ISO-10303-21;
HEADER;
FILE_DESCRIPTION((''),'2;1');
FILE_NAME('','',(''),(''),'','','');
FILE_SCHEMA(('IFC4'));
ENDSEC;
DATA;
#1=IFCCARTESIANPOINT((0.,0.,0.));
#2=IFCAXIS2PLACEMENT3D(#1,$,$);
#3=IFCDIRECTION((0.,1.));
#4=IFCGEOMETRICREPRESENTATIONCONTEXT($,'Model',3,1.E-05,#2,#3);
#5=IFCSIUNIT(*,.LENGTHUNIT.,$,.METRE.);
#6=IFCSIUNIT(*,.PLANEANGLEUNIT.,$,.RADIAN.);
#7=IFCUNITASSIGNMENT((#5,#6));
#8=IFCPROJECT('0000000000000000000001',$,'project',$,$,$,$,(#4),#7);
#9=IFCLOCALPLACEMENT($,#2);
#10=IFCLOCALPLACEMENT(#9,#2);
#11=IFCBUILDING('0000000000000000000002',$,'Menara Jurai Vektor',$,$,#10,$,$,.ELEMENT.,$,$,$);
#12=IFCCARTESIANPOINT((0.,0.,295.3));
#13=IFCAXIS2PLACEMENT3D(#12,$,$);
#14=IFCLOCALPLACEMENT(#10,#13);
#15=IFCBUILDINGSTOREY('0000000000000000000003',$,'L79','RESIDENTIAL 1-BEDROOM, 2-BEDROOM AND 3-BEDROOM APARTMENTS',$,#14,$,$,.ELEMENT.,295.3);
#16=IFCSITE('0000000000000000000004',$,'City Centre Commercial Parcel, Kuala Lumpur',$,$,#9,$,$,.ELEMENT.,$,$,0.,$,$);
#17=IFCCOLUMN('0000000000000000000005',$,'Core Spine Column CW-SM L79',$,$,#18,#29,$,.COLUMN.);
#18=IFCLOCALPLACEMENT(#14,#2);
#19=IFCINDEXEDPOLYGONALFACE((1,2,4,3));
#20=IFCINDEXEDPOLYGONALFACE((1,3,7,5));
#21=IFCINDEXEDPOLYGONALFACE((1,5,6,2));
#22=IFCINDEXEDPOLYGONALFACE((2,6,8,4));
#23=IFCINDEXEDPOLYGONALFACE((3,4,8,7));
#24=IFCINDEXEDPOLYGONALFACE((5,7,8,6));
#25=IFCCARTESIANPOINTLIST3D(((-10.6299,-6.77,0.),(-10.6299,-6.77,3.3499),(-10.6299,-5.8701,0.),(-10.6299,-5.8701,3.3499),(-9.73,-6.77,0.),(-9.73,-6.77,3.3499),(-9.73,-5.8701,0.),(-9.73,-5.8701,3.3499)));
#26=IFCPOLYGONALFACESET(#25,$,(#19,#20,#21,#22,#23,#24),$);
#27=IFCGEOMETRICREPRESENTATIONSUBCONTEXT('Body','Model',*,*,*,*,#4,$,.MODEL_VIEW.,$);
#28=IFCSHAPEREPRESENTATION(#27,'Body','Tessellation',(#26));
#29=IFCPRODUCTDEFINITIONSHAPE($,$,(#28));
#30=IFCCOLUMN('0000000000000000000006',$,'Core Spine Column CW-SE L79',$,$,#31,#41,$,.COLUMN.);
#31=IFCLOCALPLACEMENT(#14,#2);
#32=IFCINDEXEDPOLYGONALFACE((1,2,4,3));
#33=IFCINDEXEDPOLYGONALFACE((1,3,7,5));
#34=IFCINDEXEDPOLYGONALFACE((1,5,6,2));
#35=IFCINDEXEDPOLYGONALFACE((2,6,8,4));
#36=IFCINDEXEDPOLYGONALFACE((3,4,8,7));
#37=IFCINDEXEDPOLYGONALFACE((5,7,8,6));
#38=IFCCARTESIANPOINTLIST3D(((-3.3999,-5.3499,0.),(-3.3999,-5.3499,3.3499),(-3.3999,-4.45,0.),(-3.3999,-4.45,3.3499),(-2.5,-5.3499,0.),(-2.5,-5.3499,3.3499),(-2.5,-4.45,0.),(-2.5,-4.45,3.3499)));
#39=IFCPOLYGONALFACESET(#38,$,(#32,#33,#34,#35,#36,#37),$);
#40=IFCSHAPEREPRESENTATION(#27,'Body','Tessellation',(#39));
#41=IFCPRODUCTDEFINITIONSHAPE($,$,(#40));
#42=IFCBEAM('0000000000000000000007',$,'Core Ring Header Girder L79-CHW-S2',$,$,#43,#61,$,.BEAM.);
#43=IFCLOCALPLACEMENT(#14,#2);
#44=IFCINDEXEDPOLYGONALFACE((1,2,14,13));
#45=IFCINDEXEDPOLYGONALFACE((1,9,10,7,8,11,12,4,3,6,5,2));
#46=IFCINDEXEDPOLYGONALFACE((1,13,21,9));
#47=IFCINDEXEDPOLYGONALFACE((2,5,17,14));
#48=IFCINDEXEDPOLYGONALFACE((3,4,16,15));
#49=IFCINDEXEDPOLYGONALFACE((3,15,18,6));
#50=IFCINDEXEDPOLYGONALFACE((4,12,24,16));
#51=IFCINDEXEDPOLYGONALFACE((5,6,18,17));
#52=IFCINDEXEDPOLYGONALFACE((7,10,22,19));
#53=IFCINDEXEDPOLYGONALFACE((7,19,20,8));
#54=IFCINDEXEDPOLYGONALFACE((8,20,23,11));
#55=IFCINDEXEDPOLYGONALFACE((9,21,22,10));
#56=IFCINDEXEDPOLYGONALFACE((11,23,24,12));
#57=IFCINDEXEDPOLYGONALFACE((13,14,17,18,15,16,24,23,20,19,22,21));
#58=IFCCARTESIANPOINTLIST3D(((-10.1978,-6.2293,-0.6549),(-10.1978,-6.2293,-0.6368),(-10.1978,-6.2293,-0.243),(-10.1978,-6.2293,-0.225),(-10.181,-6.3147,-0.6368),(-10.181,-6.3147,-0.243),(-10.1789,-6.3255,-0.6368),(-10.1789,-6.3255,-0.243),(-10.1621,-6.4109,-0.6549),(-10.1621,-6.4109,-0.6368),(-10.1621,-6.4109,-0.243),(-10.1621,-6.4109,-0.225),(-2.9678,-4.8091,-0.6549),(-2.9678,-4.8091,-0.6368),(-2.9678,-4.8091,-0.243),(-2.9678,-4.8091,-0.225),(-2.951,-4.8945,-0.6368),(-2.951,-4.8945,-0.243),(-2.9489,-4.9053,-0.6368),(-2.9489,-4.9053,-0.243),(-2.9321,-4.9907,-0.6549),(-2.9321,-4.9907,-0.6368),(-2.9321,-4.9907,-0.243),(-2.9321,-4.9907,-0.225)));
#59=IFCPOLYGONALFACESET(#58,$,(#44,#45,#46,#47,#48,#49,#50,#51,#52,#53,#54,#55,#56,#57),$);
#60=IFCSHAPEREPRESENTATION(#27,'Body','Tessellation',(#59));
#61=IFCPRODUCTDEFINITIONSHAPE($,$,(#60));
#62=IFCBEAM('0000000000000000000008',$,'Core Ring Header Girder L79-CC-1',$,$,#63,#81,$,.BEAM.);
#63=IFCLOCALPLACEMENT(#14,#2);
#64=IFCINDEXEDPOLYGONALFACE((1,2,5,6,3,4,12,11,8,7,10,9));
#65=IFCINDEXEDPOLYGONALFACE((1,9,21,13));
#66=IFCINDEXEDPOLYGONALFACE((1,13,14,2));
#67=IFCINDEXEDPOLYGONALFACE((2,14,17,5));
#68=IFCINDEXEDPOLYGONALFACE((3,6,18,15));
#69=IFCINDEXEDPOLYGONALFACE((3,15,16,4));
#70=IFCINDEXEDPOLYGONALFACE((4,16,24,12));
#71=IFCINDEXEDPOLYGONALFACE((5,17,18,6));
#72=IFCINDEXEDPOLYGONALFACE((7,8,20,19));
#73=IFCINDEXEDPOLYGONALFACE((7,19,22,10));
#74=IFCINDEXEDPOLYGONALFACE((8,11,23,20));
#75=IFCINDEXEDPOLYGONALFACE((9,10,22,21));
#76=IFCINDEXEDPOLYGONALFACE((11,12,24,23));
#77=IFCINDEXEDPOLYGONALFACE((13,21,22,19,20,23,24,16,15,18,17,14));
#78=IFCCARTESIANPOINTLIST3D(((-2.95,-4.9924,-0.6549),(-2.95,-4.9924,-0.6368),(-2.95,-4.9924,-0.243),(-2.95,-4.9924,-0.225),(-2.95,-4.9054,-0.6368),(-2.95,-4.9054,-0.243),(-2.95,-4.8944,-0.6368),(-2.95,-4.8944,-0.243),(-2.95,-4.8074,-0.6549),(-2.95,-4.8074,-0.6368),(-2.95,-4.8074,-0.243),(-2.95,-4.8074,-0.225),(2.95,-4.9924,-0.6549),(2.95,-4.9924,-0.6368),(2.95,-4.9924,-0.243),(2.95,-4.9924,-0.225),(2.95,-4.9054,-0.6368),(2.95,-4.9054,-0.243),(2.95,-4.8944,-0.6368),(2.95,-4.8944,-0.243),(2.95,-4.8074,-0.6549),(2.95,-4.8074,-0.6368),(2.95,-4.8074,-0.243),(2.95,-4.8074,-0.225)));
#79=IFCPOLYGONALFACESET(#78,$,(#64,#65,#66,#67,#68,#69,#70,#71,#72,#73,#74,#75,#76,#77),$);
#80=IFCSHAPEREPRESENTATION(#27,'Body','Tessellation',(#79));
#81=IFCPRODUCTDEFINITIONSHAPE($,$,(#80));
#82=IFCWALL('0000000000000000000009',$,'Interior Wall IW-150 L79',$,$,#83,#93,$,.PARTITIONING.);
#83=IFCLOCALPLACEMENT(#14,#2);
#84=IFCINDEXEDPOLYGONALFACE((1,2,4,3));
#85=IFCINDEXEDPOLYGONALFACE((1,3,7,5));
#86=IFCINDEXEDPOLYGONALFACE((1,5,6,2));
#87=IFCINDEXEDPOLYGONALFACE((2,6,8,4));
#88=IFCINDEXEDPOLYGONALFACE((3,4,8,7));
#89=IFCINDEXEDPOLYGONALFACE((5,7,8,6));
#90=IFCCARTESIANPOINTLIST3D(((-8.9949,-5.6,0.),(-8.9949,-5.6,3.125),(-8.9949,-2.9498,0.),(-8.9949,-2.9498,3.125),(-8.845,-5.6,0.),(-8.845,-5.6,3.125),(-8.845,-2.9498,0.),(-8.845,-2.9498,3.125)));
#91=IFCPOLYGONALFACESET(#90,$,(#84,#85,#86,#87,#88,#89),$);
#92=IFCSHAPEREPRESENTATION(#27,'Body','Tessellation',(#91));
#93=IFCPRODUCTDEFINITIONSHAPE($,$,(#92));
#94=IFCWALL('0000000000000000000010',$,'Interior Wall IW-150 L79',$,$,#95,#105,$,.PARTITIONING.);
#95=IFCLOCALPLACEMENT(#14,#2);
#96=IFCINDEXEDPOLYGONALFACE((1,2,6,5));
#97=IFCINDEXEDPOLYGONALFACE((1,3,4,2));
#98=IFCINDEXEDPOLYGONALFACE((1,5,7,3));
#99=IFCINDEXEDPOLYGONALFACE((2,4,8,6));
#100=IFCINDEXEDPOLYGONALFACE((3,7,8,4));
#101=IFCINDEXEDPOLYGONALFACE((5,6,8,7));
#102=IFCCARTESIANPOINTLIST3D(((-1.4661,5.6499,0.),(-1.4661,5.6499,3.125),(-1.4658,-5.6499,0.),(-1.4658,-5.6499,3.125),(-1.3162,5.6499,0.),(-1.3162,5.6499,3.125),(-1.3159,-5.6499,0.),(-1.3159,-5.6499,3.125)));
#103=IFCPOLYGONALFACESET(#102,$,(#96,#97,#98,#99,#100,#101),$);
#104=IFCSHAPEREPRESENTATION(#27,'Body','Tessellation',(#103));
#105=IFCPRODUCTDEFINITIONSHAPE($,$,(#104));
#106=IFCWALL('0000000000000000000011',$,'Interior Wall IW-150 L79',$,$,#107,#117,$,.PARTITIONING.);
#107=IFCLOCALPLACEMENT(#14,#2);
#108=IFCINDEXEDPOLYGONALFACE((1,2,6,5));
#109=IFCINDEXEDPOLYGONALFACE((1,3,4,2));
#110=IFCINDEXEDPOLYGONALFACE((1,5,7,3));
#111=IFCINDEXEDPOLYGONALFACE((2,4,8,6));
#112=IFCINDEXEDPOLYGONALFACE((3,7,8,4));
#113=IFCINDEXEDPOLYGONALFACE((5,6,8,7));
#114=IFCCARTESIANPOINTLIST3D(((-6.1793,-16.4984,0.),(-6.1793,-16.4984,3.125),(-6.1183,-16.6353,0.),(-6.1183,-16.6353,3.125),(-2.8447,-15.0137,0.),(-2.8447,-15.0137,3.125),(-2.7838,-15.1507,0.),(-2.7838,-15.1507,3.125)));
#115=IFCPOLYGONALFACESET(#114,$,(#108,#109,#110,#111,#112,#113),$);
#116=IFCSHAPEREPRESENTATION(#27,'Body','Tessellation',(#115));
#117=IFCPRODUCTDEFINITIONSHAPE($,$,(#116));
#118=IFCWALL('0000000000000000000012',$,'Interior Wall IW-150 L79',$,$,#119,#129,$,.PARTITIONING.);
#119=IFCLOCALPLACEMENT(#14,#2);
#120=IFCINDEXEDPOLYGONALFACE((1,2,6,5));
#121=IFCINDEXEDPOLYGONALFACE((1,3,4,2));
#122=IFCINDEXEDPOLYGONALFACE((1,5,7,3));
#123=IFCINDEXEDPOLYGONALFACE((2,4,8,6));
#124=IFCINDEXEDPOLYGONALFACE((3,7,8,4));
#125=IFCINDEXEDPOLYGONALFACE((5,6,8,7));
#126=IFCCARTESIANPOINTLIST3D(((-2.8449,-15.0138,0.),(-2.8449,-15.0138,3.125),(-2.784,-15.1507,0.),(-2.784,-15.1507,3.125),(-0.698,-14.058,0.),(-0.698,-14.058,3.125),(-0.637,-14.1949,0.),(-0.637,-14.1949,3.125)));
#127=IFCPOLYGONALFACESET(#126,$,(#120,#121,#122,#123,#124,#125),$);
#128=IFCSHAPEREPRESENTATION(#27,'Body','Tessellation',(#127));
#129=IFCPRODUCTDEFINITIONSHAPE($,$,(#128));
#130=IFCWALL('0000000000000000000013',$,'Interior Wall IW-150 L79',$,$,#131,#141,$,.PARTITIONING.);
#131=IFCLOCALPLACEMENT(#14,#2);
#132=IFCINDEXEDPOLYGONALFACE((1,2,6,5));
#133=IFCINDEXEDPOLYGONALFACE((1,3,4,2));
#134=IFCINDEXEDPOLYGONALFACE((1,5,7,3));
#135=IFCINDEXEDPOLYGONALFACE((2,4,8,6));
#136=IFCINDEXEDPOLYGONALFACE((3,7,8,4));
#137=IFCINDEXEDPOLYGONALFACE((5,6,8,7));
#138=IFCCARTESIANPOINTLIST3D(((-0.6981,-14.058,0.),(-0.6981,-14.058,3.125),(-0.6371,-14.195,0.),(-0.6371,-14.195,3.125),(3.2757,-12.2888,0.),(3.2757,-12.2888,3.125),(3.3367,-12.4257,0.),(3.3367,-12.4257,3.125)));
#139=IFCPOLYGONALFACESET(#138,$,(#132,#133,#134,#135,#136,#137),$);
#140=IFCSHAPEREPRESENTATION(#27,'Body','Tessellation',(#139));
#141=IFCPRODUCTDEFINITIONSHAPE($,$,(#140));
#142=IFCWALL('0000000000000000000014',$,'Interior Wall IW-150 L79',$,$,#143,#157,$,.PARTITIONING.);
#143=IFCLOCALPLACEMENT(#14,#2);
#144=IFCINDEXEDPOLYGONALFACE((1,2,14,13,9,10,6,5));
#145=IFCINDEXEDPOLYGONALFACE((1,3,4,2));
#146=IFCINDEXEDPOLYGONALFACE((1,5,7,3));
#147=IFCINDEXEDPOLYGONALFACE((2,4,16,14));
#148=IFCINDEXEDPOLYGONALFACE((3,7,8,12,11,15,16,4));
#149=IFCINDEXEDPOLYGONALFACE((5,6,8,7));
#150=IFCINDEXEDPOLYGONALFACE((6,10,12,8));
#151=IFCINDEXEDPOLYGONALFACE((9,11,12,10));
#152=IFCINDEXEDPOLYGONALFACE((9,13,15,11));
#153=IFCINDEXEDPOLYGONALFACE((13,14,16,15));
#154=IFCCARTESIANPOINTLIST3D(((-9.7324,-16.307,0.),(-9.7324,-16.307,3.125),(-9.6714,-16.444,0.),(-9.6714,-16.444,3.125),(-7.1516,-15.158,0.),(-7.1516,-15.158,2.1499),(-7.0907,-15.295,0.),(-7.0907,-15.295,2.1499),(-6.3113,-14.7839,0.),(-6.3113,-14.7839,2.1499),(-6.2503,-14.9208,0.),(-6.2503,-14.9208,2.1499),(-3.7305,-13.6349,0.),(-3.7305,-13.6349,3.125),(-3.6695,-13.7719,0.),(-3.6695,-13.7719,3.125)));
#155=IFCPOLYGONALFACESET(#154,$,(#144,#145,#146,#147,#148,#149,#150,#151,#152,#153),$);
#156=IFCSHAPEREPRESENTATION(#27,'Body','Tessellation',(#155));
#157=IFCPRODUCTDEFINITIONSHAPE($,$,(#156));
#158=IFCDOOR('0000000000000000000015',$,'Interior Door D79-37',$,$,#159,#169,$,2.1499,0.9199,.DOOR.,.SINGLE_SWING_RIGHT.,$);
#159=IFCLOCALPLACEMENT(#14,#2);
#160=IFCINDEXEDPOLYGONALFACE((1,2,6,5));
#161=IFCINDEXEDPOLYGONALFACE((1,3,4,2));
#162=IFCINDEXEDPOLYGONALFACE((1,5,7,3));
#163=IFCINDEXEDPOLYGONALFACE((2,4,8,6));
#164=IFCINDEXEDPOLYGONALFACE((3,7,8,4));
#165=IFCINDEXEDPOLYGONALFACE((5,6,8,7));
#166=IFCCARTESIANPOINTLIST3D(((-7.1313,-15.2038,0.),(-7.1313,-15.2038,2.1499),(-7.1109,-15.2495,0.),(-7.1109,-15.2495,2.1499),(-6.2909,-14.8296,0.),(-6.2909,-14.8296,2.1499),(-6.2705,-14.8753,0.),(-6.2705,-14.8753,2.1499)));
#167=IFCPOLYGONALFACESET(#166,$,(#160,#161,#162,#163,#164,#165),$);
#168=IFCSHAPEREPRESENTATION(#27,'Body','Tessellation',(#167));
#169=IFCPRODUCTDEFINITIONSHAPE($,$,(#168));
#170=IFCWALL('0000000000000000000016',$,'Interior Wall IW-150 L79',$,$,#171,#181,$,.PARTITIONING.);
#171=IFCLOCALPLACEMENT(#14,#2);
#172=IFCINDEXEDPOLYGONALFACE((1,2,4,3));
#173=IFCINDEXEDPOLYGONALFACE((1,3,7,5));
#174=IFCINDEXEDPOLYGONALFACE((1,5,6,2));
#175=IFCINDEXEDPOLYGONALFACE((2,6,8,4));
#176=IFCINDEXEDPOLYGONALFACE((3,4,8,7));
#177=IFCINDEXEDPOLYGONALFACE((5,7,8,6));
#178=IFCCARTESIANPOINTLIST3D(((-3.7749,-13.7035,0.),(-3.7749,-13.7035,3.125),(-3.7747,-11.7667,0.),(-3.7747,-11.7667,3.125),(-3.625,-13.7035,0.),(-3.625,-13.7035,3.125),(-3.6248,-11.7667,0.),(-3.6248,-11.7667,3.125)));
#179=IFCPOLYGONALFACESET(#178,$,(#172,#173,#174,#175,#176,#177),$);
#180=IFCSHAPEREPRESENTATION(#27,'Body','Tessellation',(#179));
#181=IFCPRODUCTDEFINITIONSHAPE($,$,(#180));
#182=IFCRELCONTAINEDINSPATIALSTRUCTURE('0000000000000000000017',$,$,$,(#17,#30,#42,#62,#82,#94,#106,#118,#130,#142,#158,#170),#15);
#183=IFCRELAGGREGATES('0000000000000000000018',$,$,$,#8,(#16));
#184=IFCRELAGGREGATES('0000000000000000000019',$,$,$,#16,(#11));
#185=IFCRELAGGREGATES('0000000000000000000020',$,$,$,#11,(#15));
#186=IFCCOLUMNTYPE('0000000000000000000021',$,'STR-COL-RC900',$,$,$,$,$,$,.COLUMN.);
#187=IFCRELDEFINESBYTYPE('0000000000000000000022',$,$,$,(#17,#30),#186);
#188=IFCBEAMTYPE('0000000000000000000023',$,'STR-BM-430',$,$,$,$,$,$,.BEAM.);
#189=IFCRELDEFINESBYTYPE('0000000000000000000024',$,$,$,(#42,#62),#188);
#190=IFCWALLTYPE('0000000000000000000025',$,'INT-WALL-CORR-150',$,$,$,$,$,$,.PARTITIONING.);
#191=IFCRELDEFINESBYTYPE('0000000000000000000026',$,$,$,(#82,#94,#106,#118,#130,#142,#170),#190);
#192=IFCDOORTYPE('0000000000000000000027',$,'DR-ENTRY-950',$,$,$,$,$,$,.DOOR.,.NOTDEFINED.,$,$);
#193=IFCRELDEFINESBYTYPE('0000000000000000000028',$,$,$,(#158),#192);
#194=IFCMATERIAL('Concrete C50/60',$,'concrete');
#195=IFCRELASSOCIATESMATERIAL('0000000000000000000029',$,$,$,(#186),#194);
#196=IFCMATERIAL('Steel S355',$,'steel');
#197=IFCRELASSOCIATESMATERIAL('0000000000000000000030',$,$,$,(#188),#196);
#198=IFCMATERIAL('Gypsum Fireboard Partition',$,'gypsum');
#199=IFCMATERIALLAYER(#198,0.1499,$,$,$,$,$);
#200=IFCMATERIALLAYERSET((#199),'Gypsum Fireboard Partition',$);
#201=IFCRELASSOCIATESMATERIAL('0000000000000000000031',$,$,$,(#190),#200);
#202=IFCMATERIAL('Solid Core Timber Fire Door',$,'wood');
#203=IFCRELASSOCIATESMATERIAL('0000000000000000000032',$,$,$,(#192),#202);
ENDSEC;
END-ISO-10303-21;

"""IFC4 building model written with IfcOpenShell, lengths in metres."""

from ifc_helpers import new_model, si_unit, direction, frame, frame_2d, origin, origin_2d, place, context, subcontext, project, spatial, rectangle, i_section, extrude, material, layer, layer_set, material_profile, profile_set, type_object, element, fill, save


model = new_model("IFC4")

# Units and contexts
model_context = context("Model", 3, precision=1e-05, world=origin(), true_north=direction((0.0, 1.0)))
body_context = subcontext(model_context, "Body", "Model", "MODEL_VIEW")
ifc_project = project(units=[si_unit("LENGTHUNIT", "METRE"), si_unit("PLANEANGLEUNIT", "RADIAN")], contexts=[model_context])

# Site, building, storey
site_placement = place(None, origin())
site = spatial("IfcSite", under=ifc_project, at=site_placement, Name="City Centre Commercial Parcel, Kuala Lumpur", CompositionType="ELEMENT", RefElevation=0.0)
building_placement = place(site_placement, origin())
building = spatial("IfcBuilding", under=site, at=building_placement, Name="Menara Jurai Vektor", CompositionType="ELEMENT")
storey_placement = place(building_placement, frame((0.0, 0.0, 295.3)))
storey = spatial("IfcBuildingStorey", under=building, at=storey_placement, Name="L79", Description="RESIDENTIAL 1-BEDROOM, 2-BEDROOM AND 3-BEDROOM APARTMENTS", CompositionType="ELEMENT", Elevation=295.3)

# Columns
ifc_material_1 = material(Name="Concrete C50/60", Category="concrete")
ifc_material_profile_1 = material_profile(ifc_material_1, rectangle(XDim=0.8999, YDim=0.8999, at=origin_2d()), Name="RC 900x900")
ifc_profile_set_1 = profile_set([ifc_material_profile_1], Name="Concrete C50/60")
column_type = type_object("IfcColumnType", Name="STR-COL-RC900", PredefinedType="COLUMN", material=ifc_profile_set_1)
for number, where, z_axis, x_axis, name in (
    (1, (-10.1799, -6.3201, 0.0), (0.0, 0.0, 1.0), (1.0, 0.0, 0.0), "Core Spine Column CW-SM L79"),
    (2, (-2.95, -4.8999, 0.0), (0.0, 0.0, 1.0), (1.0, 0.0, 0.0), "Core Spine Column CW-SE L79"),
):
    element("IfcColumn", number, at=place(storey_placement, frame(where, z_axis=z_axis, x_axis=x_axis)), inside=storey, type_object=column_type, Name=name, PredefinedType="COLUMN", context=body_context, shape_type="SweptSolid", body=[
        extrude(rectangle(XDim=0.8999, YDim=0.8999, at=origin_2d()), origin(), (0.0, 0.0, 1.0), 3.3499),
    ])

# Beams
ifc_material_2 = material(Name="Steel S355", Category="steel")
ifc_material_profile_2 = material_profile(ifc_material_2, i_section(OverallWidth=0.1851, OverallDepth=0.4299, WebThickness=0.011, FlangeThickness=0.0181, at=origin_2d()), Name="PG 430x185x76")
ifc_profile_set_2 = profile_set([ifc_material_profile_2], Name="Steel S355")
beam_type = type_object("IfcBeamType", Name="STR-BM-430", PredefinedType="BEAM", material=ifc_profile_set_2)
beam_1_placement = place(storey_placement, frame((-10.1799, -6.3201, -0.4399), z_axis=(0.981249, 0.192744, 0.0), x_axis=(-0.192744, 0.981249, 0.0)))
element("IfcBeam", 3, at=beam_1_placement, inside=storey, type_object=beam_type, Name="Core Ring Header Girder L79-CHW-S2", PredefinedType="BEAM", context=body_context, shape_type="SweptSolid", body=[
    extrude(i_section(OverallWidth=0.1851, OverallDepth=0.4299, WebThickness=0.011, FlangeThickness=0.0181, at=origin_2d()), origin(), (0.0, 0.0, 1.0), 7.3682),
])
beam_2_placement = place(storey_placement, frame((-2.95, -4.8999, -0.4399), z_axis=(1.0, 0.0, 0.0), x_axis=(0.0, 1.0, 0.0)))
element("IfcBeam", 4, at=beam_2_placement, inside=storey, type_object=beam_type, Name="Core Ring Header Girder L79-CC-1", PredefinedType="BEAM", context=body_context, shape_type="SweptSolid", body=[
    extrude(i_section(OverallWidth=0.1851, OverallDepth=0.4299, WebThickness=0.011, FlangeThickness=0.0181, at=origin_2d()), origin(), (0.0, 0.0, 1.0), 5.8999),
])

# Walls
ifc_material_3 = material(Name="Gypsum Fireboard Partition", Category="gypsum")
ifc_layer_1 = layer(ifc_material_3, 0.1499)
ifc_layer_set_1 = layer_set([ifc_layer_1], Name="Gypsum Fireboard Partition")
wall_type_1 = type_object("IfcWallType", Name="INT-WALL-CORR-150", PredefinedType="PARTITIONING", material=ifc_layer_set_1)
wall_1_placement = place(storey_placement, frame((-8.9199, -5.6001, 0.0), z_axis=(0.0, 0.0, 1.0), x_axis=(0.0, 1.0, 0.0)))
element("IfcWall", 5, at=wall_1_placement, inside=storey, type_object=wall_type_1, Name="Interior Wall IW-150 L79", PredefinedType="PARTITIONING", context=body_context, shape_type="SweptSolid", body=[
    extrude(rectangle(XDim=2.6501, YDim=0.1499, at=frame_2d((1.3252, 0.0))), origin(), (0.0, 0.0, 1.0), 3.125),
])
wall_2_placement = place(storey_placement, frame((-1.3909, -5.6499, 0.0), z_axis=(0.0, 0.0, 1.0), x_axis=(-0.000022, 1.0, 0.0)))
element("IfcWall", 6, at=wall_2_placement, inside=storey, type_object=wall_type_1, Name="Interior Wall IW-150 L79", PredefinedType="PARTITIONING", context=body_context, shape_type="SweptSolid", body=[
    extrude(rectangle(XDim=11.2998, YDim=0.1499, at=frame_2d((5.6499, 0.0))), origin(), (0.0, 0.0, 1.0), 3.125),
])

# Shared definitions
ifc_material_4 = material(Name="Solid Core Timber Fire Door", Category="wood")
door_type_1 = type_object("IfcDoorType", Name="DR-ENTRY-950", OperationType="NOTDEFINED", PredefinedType="DOOR", material=ifc_material_4)

# Walls
wall_3_placement = place(storey_placement, frame((-6.1489, -16.5669, 0.0), z_axis=(0.0, 0.0, 1.0), x_axis=(0.913544, 0.40674, 0.0)))
element("IfcWall", 7, at=wall_3_placement, inside=storey, type_object=wall_type_1, Name="Interior Wall IW-150 L79", PredefinedType="PARTITIONING", context=body_context, shape_type="SweptSolid", body=[
    extrude(rectangle(XDim=3.6501, YDim=0.1499, at=frame_2d((1.8252, 0.0))), origin(), (0.0, 0.0, 1.0), 3.125),
])
wall_4_placement = place(storey_placement, frame((-2.8145, -15.0823, 0.0), z_axis=(0.0, 0.0, 1.0), x_axis=(0.913559, 0.406707, 0.0)))
element("IfcWall", 8, at=wall_4_placement, inside=storey, type_object=wall_type_1, Name="Interior Wall IW-150 L79", PredefinedType="PARTITIONING", context=body_context, shape_type="SweptSolid", body=[
    extrude(rectangle(XDim=2.3501, YDim=0.1499, at=frame_2d((1.175, 0.0))), origin(), (0.0, 0.0, 1.0), 3.125),
])
wall_5_placement = place(storey_placement, frame((-0.6675, -14.1265, 0.0), z_axis=(0.0, 0.0, 1.0), x_axis=(0.913545, 0.406737, 0.0)))
element("IfcWall", 9, at=wall_5_placement, inside=storey, type_object=wall_type_1, Name="Interior Wall IW-150 L79", PredefinedType="PARTITIONING", context=body_context, shape_type="SweptSolid", body=[
    extrude(rectangle(XDim=4.3499, YDim=0.1499, at=frame_2d((2.1748, 0.0))), origin(), (0.0, 0.0, 1.0), 3.125),
])

# Wall, opening, door
wall_6_placement = place(storey_placement, frame((-9.7019, -16.3755, 0.0), z_axis=(0.0, 0.0, 1.0), x_axis=(0.913552, 0.406721, 0.0)))
wall_6 = element("IfcWall", 10, at=wall_6_placement, inside=storey, type_object=wall_type_1, Name="Interior Wall IW-150 L79", PredefinedType="PARTITIONING", context=body_context, shape_type="SweptSolid", body=[
    extrude(rectangle(XDim=6.5698, YDim=0.1499, at=frame_2d((3.2849, 0.0))), origin(), (0.0, 0.0, 1.0), 3.125),
])
opening_1_placement = place(wall_6_placement, frame((2.825, 0.0, 0.0)))
opening_1 = element("IfcOpeningElement", 11, at=opening_1_placement, cuts=wall_6, PredefinedType="OPENING", context=body_context, shape_type="SweptSolid", body=[
    extrude(rectangle(XDim=0.9199, YDim=2.1499, at=frame_2d((0.46, 1.075))), frame((0.0, 0.085, 0.0), z_axis=(0.0, -1.0, 0.0), x_axis=(1.0, 0.0, 0.0)), (0.0, 0.0, 1.0), 0.1699),
])
door_1_placement = place(opening_1_placement, origin())
door_1 = element("IfcDoor", 12, at=door_1_placement, inside=storey, type_object=door_type_1, Name="Interior Door D79-37", OperationType="SINGLE_SWING_RIGHT", OverallHeight=2.1499, OverallWidth=0.9199, PredefinedType="DOOR", context=body_context, shape_type="SweptSolid", body=[
    extrude(rectangle(XDim=0.9199, YDim=2.1499, at=frame_2d((0.46, 1.075))), frame((0.0, 0.0249, 0.0), z_axis=(0.0, -1.0, 0.0), x_axis=(1.0, 0.0, 0.0)), (0.0, 0.0, 1.0), 0.05),
])
fill(opening_1, door_1)

# Wall
wall_7_placement = place(storey_placement, frame((-3.7, -13.7034, 0.0), z_axis=(0.0, 0.0, 1.0), x_axis=(0.000126, 1.0, 0.0)))
element("IfcWall", 13, at=wall_7_placement, inside=storey, type_object=wall_type_1, Name="Interior Wall IW-150 L79", PredefinedType="PARTITIONING", context=body_context, shape_type="SweptSolid", body=[
    extrude(rectangle(XDim=1.9368, YDim=0.1499, at=frame_2d((0.9683, 0.0))), origin(), (0.0, 0.0, 1.0), 3.125),
])

save(model, "model.ifc")
